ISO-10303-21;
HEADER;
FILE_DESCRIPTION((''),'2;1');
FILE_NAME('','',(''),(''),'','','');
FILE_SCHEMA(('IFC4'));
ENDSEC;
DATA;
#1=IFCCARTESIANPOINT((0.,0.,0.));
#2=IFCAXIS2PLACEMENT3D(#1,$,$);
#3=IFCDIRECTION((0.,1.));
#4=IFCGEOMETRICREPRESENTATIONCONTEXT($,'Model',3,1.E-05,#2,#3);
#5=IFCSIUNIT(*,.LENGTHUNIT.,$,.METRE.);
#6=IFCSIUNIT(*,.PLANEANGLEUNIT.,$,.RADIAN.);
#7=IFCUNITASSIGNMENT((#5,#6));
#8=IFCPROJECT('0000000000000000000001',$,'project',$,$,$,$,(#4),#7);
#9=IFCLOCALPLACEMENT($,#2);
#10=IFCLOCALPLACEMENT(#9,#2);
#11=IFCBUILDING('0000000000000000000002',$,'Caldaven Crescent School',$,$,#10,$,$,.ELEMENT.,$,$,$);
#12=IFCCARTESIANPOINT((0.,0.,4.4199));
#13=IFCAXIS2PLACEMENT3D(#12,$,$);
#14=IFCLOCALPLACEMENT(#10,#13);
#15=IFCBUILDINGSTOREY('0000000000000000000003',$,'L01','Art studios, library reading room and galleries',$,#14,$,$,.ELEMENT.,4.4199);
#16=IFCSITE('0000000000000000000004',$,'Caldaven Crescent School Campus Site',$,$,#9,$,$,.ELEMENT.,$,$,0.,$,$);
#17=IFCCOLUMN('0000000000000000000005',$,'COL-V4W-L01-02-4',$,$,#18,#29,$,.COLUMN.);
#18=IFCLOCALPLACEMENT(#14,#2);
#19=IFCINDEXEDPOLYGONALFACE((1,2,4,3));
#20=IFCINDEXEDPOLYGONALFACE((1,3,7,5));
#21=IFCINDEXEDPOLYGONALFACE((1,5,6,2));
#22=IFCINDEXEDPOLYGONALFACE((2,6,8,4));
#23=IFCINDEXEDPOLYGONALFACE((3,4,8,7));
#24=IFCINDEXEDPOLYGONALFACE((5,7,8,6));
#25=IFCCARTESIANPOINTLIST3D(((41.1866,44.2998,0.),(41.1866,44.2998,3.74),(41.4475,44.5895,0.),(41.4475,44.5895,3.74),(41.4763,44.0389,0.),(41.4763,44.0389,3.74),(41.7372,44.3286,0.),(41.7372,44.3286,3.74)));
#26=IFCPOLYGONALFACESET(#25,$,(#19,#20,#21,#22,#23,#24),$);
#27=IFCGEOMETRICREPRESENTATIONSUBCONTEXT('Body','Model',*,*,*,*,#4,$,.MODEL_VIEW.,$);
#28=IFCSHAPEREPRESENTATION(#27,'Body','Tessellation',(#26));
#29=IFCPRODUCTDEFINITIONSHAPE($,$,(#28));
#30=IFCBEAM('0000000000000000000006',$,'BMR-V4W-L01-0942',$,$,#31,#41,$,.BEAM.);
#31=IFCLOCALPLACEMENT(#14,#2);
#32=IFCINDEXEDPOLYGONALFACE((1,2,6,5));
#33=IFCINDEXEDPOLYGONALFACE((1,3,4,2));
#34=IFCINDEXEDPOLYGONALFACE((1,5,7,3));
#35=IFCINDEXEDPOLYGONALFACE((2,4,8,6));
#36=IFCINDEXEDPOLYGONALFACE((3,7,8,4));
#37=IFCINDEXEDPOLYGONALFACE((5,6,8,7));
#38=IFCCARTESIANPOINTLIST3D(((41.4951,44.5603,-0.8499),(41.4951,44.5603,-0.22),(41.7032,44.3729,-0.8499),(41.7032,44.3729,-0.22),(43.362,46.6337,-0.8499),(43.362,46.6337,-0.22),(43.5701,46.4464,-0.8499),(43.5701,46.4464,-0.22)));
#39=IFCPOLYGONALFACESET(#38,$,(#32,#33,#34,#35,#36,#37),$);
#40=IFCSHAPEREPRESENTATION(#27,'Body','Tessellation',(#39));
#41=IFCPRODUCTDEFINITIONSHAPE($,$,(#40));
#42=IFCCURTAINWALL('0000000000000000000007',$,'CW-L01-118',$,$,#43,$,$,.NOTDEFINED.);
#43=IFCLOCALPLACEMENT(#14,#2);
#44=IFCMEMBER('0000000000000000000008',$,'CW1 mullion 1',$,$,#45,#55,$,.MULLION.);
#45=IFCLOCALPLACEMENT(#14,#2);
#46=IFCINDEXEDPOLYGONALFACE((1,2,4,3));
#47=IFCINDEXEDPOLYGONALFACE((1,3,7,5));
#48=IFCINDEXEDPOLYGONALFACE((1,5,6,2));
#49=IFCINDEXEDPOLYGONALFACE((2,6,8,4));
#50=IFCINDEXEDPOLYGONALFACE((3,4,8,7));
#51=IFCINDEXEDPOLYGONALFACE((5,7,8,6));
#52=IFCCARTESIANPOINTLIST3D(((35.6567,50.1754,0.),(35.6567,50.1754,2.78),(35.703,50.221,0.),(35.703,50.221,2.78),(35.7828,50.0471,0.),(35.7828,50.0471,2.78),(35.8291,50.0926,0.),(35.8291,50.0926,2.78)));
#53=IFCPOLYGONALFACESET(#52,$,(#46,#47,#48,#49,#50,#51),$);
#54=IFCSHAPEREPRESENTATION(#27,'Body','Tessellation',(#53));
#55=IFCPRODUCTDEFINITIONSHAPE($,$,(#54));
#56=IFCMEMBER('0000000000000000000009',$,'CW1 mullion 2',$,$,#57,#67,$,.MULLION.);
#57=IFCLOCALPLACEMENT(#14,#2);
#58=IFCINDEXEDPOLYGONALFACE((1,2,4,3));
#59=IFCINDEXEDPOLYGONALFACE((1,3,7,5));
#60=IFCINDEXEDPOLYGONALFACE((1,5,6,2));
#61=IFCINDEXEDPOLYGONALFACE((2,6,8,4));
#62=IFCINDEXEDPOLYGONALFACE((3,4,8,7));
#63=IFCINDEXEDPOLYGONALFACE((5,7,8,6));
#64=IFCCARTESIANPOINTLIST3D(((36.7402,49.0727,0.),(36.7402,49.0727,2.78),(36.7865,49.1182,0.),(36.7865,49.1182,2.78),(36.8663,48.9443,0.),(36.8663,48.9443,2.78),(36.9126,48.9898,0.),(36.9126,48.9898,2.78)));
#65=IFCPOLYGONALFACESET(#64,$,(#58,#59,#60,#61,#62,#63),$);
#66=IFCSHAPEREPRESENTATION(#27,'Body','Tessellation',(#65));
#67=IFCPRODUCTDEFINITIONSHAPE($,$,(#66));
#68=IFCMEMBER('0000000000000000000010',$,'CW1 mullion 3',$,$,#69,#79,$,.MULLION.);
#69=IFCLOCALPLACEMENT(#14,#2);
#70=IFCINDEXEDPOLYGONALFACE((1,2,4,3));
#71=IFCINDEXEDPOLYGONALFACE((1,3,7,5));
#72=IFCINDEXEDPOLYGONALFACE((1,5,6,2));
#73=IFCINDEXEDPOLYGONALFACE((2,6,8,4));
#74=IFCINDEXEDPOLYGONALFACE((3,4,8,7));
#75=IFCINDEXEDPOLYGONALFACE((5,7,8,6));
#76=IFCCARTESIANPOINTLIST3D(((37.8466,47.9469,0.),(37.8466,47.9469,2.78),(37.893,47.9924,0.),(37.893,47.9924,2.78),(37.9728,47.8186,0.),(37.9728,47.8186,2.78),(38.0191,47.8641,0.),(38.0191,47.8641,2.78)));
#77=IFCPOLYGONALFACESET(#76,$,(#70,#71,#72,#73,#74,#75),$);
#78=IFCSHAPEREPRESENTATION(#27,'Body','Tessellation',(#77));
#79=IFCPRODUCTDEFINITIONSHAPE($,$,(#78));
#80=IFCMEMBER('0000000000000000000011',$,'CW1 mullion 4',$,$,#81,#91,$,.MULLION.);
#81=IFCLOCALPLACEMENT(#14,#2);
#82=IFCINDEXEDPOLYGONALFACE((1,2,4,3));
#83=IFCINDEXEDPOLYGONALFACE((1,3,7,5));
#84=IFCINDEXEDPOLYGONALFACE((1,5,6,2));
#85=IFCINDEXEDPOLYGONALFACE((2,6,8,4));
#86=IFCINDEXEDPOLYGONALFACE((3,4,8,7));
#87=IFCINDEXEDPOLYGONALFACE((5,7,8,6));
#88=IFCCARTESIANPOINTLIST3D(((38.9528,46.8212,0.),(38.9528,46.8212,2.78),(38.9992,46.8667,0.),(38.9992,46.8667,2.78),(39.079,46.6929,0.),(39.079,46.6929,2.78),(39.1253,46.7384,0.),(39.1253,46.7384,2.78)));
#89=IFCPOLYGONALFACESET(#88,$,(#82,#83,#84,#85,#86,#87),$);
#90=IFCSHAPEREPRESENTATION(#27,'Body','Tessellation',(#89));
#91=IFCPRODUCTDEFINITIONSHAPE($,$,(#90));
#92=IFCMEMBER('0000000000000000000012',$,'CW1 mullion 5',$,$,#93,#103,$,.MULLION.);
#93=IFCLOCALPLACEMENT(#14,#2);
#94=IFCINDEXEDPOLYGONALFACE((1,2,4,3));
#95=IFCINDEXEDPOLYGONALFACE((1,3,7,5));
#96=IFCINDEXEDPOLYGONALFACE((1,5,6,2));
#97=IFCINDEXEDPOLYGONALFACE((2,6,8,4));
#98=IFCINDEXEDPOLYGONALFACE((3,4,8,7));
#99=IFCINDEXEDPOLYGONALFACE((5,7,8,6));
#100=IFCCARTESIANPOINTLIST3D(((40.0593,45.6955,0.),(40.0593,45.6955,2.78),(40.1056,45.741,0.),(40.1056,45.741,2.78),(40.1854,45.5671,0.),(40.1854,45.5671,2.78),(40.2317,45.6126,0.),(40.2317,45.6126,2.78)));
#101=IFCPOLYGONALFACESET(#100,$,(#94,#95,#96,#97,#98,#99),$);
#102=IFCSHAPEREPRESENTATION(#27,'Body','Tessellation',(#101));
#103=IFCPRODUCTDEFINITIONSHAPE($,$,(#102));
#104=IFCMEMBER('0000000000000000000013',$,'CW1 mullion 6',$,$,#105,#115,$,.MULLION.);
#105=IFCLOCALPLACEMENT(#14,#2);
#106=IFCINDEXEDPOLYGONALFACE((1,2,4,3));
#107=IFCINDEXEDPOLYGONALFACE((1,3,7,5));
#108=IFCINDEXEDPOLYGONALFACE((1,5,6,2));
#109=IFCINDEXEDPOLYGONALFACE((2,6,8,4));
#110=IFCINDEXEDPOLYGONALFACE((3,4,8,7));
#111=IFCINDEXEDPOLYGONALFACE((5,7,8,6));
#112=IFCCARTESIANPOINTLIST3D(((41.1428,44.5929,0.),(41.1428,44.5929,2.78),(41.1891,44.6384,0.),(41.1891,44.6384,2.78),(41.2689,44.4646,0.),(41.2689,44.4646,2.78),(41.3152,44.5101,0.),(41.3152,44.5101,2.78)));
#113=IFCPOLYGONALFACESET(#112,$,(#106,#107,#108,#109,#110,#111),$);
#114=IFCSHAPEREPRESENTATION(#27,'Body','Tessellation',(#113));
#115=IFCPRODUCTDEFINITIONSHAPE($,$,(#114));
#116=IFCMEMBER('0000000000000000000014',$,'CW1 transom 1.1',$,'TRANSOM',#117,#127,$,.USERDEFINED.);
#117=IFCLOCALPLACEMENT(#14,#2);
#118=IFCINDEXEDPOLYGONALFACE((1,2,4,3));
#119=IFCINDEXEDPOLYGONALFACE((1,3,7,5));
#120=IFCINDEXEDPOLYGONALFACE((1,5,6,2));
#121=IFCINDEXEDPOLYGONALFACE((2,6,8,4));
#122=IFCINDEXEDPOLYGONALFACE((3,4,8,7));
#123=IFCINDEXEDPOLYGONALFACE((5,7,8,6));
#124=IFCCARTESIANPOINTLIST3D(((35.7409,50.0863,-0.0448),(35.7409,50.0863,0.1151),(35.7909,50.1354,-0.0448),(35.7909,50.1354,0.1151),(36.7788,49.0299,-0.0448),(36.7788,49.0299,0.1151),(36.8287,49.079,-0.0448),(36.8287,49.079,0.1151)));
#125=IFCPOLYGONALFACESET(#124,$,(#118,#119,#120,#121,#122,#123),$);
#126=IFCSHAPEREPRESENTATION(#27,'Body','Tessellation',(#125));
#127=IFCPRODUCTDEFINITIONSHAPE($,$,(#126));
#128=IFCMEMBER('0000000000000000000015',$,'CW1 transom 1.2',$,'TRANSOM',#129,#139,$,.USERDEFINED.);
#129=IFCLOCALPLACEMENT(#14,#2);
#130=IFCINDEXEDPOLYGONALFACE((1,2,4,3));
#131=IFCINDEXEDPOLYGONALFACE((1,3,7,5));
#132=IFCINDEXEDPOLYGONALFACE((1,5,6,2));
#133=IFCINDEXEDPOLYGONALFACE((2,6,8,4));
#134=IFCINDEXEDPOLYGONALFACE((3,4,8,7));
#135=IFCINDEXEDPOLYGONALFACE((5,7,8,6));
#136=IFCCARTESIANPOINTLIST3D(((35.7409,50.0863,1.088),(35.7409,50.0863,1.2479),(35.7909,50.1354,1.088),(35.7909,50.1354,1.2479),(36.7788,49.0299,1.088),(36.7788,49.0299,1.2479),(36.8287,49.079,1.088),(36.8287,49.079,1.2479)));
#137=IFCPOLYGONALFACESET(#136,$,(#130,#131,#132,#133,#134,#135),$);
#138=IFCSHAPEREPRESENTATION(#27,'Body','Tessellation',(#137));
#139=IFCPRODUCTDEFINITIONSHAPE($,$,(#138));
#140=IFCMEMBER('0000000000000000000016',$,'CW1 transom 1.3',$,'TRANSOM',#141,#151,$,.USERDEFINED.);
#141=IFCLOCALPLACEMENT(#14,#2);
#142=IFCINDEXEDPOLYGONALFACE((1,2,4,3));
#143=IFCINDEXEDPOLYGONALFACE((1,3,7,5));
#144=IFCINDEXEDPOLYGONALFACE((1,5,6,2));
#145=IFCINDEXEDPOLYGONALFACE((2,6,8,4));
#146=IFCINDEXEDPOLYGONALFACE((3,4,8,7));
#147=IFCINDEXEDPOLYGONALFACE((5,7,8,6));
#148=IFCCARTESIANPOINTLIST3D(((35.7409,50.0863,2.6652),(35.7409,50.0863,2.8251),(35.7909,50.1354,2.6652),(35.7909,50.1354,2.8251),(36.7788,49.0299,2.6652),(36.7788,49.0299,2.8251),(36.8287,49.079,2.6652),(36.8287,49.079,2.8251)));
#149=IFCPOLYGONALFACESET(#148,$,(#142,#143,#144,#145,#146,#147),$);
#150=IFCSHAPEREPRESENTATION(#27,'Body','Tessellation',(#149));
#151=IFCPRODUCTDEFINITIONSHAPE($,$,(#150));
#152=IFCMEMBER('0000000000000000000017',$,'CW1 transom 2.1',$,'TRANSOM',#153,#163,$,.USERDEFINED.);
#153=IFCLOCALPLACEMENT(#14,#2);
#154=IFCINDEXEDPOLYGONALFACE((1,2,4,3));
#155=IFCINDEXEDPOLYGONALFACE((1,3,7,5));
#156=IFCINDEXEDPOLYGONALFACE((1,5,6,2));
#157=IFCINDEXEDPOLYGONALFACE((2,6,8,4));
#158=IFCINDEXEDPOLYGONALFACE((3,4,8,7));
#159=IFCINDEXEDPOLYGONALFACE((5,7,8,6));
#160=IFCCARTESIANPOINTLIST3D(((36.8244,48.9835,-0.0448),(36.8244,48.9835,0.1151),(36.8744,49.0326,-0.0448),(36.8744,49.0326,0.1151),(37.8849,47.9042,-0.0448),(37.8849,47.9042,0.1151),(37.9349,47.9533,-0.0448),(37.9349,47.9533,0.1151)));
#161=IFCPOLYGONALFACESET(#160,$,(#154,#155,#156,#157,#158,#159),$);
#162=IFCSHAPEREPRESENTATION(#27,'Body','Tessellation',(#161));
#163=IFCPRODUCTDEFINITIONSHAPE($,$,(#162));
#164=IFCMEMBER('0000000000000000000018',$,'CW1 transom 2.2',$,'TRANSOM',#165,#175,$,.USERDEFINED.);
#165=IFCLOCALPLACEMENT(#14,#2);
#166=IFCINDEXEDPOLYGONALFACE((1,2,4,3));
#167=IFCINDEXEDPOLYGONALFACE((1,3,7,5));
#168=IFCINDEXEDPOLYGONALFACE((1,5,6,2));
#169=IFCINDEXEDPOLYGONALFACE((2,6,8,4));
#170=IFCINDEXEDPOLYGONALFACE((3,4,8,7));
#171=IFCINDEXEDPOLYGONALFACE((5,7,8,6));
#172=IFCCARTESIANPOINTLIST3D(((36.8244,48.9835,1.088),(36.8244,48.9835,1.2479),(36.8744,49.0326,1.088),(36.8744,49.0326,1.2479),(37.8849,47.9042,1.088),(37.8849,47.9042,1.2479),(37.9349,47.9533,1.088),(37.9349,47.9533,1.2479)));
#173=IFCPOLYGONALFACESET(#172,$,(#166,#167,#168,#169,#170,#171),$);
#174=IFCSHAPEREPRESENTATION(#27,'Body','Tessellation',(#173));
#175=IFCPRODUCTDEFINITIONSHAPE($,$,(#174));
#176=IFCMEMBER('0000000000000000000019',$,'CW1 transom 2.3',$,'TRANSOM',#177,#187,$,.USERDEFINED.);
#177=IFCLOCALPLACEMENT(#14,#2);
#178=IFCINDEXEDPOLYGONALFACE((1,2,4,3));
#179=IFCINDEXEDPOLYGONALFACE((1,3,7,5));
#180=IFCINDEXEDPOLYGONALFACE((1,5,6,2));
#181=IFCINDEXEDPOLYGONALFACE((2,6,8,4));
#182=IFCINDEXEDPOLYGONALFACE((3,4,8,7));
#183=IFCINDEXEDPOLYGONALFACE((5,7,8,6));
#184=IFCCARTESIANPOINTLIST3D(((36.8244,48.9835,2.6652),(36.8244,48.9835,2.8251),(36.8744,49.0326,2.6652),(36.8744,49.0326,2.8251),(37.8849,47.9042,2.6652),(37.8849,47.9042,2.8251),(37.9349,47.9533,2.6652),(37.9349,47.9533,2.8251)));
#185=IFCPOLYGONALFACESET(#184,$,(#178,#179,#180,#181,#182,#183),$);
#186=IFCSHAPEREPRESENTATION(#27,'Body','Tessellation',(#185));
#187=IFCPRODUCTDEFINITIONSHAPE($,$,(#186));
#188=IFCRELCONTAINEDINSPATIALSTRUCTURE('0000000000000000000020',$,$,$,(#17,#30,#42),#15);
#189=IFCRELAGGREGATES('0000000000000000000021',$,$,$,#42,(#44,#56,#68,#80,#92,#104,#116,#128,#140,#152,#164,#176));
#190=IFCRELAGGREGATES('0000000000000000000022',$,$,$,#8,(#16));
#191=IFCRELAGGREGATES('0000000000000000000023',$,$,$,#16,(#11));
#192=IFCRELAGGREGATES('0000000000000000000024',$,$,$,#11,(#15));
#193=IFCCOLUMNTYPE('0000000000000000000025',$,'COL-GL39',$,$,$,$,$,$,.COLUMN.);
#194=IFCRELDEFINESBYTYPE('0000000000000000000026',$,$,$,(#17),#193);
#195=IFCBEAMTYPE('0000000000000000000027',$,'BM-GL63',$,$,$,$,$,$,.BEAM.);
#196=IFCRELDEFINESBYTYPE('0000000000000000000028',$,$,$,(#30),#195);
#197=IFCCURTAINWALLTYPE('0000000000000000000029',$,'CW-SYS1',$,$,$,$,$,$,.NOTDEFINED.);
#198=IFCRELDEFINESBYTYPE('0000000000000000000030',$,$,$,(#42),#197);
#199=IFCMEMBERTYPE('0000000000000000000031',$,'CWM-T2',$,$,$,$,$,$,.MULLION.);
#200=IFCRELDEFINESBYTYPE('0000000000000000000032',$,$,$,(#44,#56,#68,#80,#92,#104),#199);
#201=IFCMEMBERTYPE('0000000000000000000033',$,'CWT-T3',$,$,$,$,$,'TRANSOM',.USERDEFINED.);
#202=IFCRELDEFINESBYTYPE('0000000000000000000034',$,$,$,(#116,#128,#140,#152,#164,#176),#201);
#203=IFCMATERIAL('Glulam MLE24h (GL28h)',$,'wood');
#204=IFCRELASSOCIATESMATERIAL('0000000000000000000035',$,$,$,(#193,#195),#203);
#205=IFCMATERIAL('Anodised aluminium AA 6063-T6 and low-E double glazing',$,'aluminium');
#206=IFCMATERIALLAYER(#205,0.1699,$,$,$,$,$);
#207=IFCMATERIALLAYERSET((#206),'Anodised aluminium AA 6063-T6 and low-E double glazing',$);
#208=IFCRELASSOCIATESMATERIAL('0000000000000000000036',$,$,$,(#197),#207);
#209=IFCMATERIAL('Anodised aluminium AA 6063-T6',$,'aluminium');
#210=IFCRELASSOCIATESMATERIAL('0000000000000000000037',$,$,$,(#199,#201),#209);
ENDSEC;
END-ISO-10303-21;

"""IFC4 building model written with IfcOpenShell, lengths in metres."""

from ifc_helpers import new_model, si_unit, direction, frame, origin, origin_2d, place, context, subcontext, project, spatial, rectangle, extrude, material, layer, layer_set, material_profile, profile_set, type_object, element, aggregate, save


model = new_model("IFC4")

# Units and contexts
model_context = context("Model", 3, precision=1e-05, world=origin(), true_north=direction((0.0, 1.0)))
body_context = subcontext(model_context, "Body", "Model", "MODEL_VIEW")
ifc_project = project(units=[si_unit("LENGTHUNIT", "METRE"), si_unit("PLANEANGLEUNIT", "RADIAN")], contexts=[model_context])

# Site, building, storey
site_placement = place(None, origin())
site = spatial("IfcSite", under=ifc_project, at=site_placement, Name="Caldaven Crescent School Campus Site", CompositionType="ELEMENT", RefElevation=0.0)
building_placement = place(site_placement, origin())
building = spatial("IfcBuilding", under=site, at=building_placement, Name="Caldaven Crescent School", CompositionType="ELEMENT")
storey_placement = place(building_placement, frame((0.0, 0.0, 4.4199)))
storey = spatial("IfcBuildingStorey", under=building, at=storey_placement, Name="L01", Description="Art studios, library reading room and galleries", CompositionType="ELEMENT", Elevation=4.4199)

# Column
ifc_material_1 = material(Name="Glulam MLE24h (GL28h)", Category="wood")
ifc_material_profile_1 = material_profile(ifc_material_1, rectangle(XDim=0.3899, YDim=0.3899, at=origin_2d()), Name="MLE 390x390")
ifc_profile_set_1 = profile_set([ifc_material_profile_1], Name="Glulam MLE24h (GL28h)")
column_type = type_object("IfcColumnType", Name="COL-GL39", PredefinedType="COLUMN", material=ifc_profile_set_1)
column_placement = place(storey_placement, frame((41.4619, 44.3142, 0.0), z_axis=(0.0, 0.0, 1.0), x_axis=(-0.669131, -0.743145, 0.0)))
element("IfcColumn", 1, at=column_placement, inside=storey, type_object=column_type, Name="COL-V4W-L01-02-4", PredefinedType="COLUMN", context=body_context, shape_type="SweptSolid", body=[
    extrude(rectangle(XDim=0.3899, YDim=0.3899, at=origin_2d()), origin(), (0.0, 0.0, 1.0), 3.74),
])

# Beam
ifc_material_profile_2 = material_profile(ifc_material_1, rectangle(XDim=0.28, YDim=0.6299, at=origin_2d()), Name="MLE 280x630")
ifc_profile_set_2 = profile_set([ifc_material_profile_2], Name="Glulam MLE24h (GL28h)")
beam_type_1 = type_object("IfcBeamType", Name="BM-GL63", PredefinedType="BEAM", material=ifc_profile_set_2)
beam_1_placement = place(storey_placement, frame((43.4661, 46.54, -0.5349), z_axis=(-0.669124, -0.743151, 0.0), x_axis=(0.743151, -0.669124, 0.0)))
element("IfcBeam", 2, at=beam_1_placement, inside=storey, type_object=beam_type_1, Name="BMR-V4W-L01-0942", PredefinedType="BEAM", context=body_context, shape_type="SweptSolid", body=[
    extrude(rectangle(XDim=0.28, YDim=0.6299, at=origin_2d()), origin(), (0.0, 0.0, 1.0), 2.79),
])

# Curtain wall, members
ifc_material_2 = material(Name="Anodised aluminium AA 6063-T6 and low-E double glazing", Category="aluminium")
ifc_layer_1 = layer(ifc_material_2, 0.1699)
ifc_layer_set_1 = layer_set([ifc_layer_1], Name="Anodised aluminium AA 6063-T6 and low-E double glazing")
curtain_wall_type = type_object("IfcCurtainWallType", Name="CW-SYS1", PredefinedType="NOTDEFINED", material=ifc_layer_set_1)
curtain_wall_placement = place(storey_placement, origin())
curtain_wall = element("IfcCurtainWall", 3, at=curtain_wall_placement, inside=storey, type_object=curtain_wall_type, Name="CW-L01-118", PredefinedType="NOTDEFINED")
ifc_material_3 = material(Name="Anodised aluminium AA 6063-T6", Category="aluminium")
ifc_material_profile_3 = material_profile(ifc_material_3, rectangle(XDim=0.0649, YDim=0.1799, at=origin_2d()), Name="CWM 65x180")
ifc_profile_set_3 = profile_set([ifc_material_profile_3], Name="Anodised aluminium AA 6063-T6")
member_type_1 = type_object("IfcMemberType", Name="CWM-T2", PredefinedType="MULLION", material=ifc_profile_set_3)
member_1_placement = place(storey_placement, frame((35.7429, 50.134, 0.0), z_axis=(0.0, 0.0, 1.0), x_axis=(0.713251, 0.700909, 0.0)))
member_1 = element("IfcMember", 4, at=member_1_placement, type_object=member_type_1, Name="CW1 mullion 1", PredefinedType="MULLION", context=body_context, shape_type="SweptSolid", body=[
    extrude(rectangle(XDim=0.0649, YDim=0.1799, at=origin_2d()), origin(), (0.0, 0.0, 1.0), 2.78),
])
member_2_placement = place(storey_placement, frame((36.8264, 49.0312, 0.0), z_axis=(0.0, 0.0, 1.0), x_axis=(0.713251, 0.700909, 0.0)))
member_2 = element("IfcMember", 5, at=member_2_placement, type_object=member_type_1, Name="CW1 mullion 2", PredefinedType="MULLION", context=body_context, shape_type="SweptSolid", body=[
    extrude(rectangle(XDim=0.0649, YDim=0.1799, at=origin_2d()), origin(), (0.0, 0.0, 1.0), 2.78),
])
member_3_placement = place(storey_placement, frame((37.9329, 47.9055, 0.0), z_axis=(0.0, 0.0, 1.0), x_axis=(0.713251, 0.700909, 0.0)))
member_3 = element("IfcMember", 6, at=member_3_placement, type_object=member_type_1, Name="CW1 mullion 3", PredefinedType="MULLION", context=body_context, shape_type="SweptSolid", body=[
    extrude(rectangle(XDim=0.0649, YDim=0.1799, at=origin_2d()), origin(), (0.0, 0.0, 1.0), 2.78),
])
member_4_placement = place(storey_placement, frame((39.0391, 46.7798, 0.0), z_axis=(0.0, 0.0, 1.0), x_axis=(0.713251, 0.700909, 0.0)))
member_4 = element("IfcMember", 7, at=member_4_placement, type_object=member_type_1, Name="CW1 mullion 4", PredefinedType="MULLION", context=body_context, shape_type="SweptSolid", body=[
    extrude(rectangle(XDim=0.0649, YDim=0.1799, at=origin_2d()), origin(), (0.0, 0.0, 1.0), 2.78),
])
member_5_placement = place(storey_placement, frame((40.1455, 45.6541, 0.0), z_axis=(0.0, 0.0, 1.0), x_axis=(0.713251, 0.700909, 0.0)))
member_5 = element("IfcMember", 8, at=member_5_placement, type_object=member_type_1, Name="CW1 mullion 5", PredefinedType="MULLION", context=body_context, shape_type="SweptSolid", body=[
    extrude(rectangle(XDim=0.0649, YDim=0.1799, at=origin_2d()), origin(), (0.0, 0.0, 1.0), 2.78),
])
member_6_placement = place(storey_placement, frame((41.229, 44.5515, 0.0), z_axis=(0.0, 0.0, 1.0), x_axis=(0.713251, 0.700909, 0.0)))
member_6 = element("IfcMember", 9, at=member_6_placement, type_object=member_type_1, Name="CW1 mullion 6", PredefinedType="MULLION", context=body_context, shape_type="SweptSolid", body=[
    extrude(rectangle(XDim=0.0649, YDim=0.1799, at=origin_2d()), origin(), (0.0, 0.0, 1.0), 2.78),
])
ifc_material_profile_4 = material_profile(ifc_material_3, rectangle(XDim=0.0701, YDim=0.1599, at=origin_2d()), Name="CWT 70x160")
ifc_profile_set_4 = profile_set([ifc_material_profile_4], Name="Anodised aluminium AA 6063-T6")
member_type_2 = type_object("IfcMemberType", Name="CWT-T3", ElementType="TRANSOM", PredefinedType="USERDEFINED", material=ifc_profile_set_4)
member_7_placement = place(storey_placement, frame((35.7659, 50.1108, 0.0352), z_axis=(0.700814, -0.713344, 0.0), x_axis=(0.713344, 0.700814, 0.0)))
member_7 = element("IfcMember", 10, at=member_7_placement, type_object=member_type_2, Name="CW1 transom 1.1", ObjectType="TRANSOM", PredefinedType="USERDEFINED", context=body_context, shape_type="SweptSolid", body=[
    extrude(rectangle(XDim=0.0701, YDim=0.1599, at=origin_2d()), origin(), (0.0, 0.0, 1.0), 1.481),
])
member_8_placement = place(storey_placement, frame((35.7659, 50.1108, 1.168), z_axis=(0.700814, -0.713344, 0.0), x_axis=(0.713344, 0.700814, 0.0)))
member_8 = element("IfcMember", 11, at=member_8_placement, type_object=member_type_2, Name="CW1 transom 1.2", ObjectType="TRANSOM", PredefinedType="USERDEFINED", context=body_context, shape_type="SweptSolid", body=[
    extrude(rectangle(XDim=0.0701, YDim=0.1599, at=origin_2d()), origin(), (0.0, 0.0, 1.0), 1.481),
])
member_9_placement = place(storey_placement, frame((35.7659, 50.1108, 2.7451), z_axis=(0.700814, -0.713344, 0.0), x_axis=(0.713344, 0.700814, 0.0)))
member_9 = element("IfcMember", 12, at=member_9_placement, type_object=member_type_2, Name="CW1 transom 1.3", ObjectType="TRANSOM", PredefinedType="USERDEFINED", context=body_context, shape_type="SweptSolid", body=[
    extrude(rectangle(XDim=0.0701, YDim=0.1599, at=origin_2d()), origin(), (0.0, 0.0, 1.0), 1.481),
])
member_10_placement = place(storey_placement, frame((36.8494, 49.0081, 0.0352), z_axis=(0.700868, -0.713291, 0.0), x_axis=(0.713291, 0.700868, 0.0)))
member_10 = element("IfcMember", 13, at=member_10_placement, type_object=member_type_2, Name="CW1 transom 2.1", ObjectType="TRANSOM", PredefinedType="USERDEFINED", context=body_context, shape_type="SweptSolid", body=[
    extrude(rectangle(XDim=0.0701, YDim=0.1599, at=origin_2d()), origin(), (0.0, 0.0, 1.0), 1.5132),
])
member_11_placement = place(storey_placement, frame((36.8494, 49.0081, 1.168), z_axis=(0.700868, -0.713291, 0.0), x_axis=(0.713291, 0.700868, 0.0)))
member_11 = element("IfcMember", 14, at=member_11_placement, type_object=member_type_2, Name="CW1 transom 2.2", ObjectType="TRANSOM", PredefinedType="USERDEFINED", context=body_context, shape_type="SweptSolid", body=[
    extrude(rectangle(XDim=0.0701, YDim=0.1599, at=origin_2d()), origin(), (0.0, 0.0, 1.0), 1.5132),
])
member_12_placement = place(storey_placement, frame((36.8494, 49.0081, 2.7451), z_axis=(0.700868, -0.713291, 0.0), x_axis=(0.713291, 0.700868, 0.0)))
member_12 = element("IfcMember", 15, at=member_12_placement, type_object=member_type_2, Name="CW1 transom 2.3", ObjectType="TRANSOM", PredefinedType="USERDEFINED", context=body_context, shape_type="SweptSolid", body=[
    extrude(rectangle(XDim=0.0701, YDim=0.1599, at=origin_2d()), origin(), (0.0, 0.0, 1.0), 1.5132),
])

aggregate(curtain_wall, [member_1, member_2, member_3, member_4, member_5, member_6, member_7, member_8, member_9, member_10, member_11, member_12])

save(model, "model.ifc")
